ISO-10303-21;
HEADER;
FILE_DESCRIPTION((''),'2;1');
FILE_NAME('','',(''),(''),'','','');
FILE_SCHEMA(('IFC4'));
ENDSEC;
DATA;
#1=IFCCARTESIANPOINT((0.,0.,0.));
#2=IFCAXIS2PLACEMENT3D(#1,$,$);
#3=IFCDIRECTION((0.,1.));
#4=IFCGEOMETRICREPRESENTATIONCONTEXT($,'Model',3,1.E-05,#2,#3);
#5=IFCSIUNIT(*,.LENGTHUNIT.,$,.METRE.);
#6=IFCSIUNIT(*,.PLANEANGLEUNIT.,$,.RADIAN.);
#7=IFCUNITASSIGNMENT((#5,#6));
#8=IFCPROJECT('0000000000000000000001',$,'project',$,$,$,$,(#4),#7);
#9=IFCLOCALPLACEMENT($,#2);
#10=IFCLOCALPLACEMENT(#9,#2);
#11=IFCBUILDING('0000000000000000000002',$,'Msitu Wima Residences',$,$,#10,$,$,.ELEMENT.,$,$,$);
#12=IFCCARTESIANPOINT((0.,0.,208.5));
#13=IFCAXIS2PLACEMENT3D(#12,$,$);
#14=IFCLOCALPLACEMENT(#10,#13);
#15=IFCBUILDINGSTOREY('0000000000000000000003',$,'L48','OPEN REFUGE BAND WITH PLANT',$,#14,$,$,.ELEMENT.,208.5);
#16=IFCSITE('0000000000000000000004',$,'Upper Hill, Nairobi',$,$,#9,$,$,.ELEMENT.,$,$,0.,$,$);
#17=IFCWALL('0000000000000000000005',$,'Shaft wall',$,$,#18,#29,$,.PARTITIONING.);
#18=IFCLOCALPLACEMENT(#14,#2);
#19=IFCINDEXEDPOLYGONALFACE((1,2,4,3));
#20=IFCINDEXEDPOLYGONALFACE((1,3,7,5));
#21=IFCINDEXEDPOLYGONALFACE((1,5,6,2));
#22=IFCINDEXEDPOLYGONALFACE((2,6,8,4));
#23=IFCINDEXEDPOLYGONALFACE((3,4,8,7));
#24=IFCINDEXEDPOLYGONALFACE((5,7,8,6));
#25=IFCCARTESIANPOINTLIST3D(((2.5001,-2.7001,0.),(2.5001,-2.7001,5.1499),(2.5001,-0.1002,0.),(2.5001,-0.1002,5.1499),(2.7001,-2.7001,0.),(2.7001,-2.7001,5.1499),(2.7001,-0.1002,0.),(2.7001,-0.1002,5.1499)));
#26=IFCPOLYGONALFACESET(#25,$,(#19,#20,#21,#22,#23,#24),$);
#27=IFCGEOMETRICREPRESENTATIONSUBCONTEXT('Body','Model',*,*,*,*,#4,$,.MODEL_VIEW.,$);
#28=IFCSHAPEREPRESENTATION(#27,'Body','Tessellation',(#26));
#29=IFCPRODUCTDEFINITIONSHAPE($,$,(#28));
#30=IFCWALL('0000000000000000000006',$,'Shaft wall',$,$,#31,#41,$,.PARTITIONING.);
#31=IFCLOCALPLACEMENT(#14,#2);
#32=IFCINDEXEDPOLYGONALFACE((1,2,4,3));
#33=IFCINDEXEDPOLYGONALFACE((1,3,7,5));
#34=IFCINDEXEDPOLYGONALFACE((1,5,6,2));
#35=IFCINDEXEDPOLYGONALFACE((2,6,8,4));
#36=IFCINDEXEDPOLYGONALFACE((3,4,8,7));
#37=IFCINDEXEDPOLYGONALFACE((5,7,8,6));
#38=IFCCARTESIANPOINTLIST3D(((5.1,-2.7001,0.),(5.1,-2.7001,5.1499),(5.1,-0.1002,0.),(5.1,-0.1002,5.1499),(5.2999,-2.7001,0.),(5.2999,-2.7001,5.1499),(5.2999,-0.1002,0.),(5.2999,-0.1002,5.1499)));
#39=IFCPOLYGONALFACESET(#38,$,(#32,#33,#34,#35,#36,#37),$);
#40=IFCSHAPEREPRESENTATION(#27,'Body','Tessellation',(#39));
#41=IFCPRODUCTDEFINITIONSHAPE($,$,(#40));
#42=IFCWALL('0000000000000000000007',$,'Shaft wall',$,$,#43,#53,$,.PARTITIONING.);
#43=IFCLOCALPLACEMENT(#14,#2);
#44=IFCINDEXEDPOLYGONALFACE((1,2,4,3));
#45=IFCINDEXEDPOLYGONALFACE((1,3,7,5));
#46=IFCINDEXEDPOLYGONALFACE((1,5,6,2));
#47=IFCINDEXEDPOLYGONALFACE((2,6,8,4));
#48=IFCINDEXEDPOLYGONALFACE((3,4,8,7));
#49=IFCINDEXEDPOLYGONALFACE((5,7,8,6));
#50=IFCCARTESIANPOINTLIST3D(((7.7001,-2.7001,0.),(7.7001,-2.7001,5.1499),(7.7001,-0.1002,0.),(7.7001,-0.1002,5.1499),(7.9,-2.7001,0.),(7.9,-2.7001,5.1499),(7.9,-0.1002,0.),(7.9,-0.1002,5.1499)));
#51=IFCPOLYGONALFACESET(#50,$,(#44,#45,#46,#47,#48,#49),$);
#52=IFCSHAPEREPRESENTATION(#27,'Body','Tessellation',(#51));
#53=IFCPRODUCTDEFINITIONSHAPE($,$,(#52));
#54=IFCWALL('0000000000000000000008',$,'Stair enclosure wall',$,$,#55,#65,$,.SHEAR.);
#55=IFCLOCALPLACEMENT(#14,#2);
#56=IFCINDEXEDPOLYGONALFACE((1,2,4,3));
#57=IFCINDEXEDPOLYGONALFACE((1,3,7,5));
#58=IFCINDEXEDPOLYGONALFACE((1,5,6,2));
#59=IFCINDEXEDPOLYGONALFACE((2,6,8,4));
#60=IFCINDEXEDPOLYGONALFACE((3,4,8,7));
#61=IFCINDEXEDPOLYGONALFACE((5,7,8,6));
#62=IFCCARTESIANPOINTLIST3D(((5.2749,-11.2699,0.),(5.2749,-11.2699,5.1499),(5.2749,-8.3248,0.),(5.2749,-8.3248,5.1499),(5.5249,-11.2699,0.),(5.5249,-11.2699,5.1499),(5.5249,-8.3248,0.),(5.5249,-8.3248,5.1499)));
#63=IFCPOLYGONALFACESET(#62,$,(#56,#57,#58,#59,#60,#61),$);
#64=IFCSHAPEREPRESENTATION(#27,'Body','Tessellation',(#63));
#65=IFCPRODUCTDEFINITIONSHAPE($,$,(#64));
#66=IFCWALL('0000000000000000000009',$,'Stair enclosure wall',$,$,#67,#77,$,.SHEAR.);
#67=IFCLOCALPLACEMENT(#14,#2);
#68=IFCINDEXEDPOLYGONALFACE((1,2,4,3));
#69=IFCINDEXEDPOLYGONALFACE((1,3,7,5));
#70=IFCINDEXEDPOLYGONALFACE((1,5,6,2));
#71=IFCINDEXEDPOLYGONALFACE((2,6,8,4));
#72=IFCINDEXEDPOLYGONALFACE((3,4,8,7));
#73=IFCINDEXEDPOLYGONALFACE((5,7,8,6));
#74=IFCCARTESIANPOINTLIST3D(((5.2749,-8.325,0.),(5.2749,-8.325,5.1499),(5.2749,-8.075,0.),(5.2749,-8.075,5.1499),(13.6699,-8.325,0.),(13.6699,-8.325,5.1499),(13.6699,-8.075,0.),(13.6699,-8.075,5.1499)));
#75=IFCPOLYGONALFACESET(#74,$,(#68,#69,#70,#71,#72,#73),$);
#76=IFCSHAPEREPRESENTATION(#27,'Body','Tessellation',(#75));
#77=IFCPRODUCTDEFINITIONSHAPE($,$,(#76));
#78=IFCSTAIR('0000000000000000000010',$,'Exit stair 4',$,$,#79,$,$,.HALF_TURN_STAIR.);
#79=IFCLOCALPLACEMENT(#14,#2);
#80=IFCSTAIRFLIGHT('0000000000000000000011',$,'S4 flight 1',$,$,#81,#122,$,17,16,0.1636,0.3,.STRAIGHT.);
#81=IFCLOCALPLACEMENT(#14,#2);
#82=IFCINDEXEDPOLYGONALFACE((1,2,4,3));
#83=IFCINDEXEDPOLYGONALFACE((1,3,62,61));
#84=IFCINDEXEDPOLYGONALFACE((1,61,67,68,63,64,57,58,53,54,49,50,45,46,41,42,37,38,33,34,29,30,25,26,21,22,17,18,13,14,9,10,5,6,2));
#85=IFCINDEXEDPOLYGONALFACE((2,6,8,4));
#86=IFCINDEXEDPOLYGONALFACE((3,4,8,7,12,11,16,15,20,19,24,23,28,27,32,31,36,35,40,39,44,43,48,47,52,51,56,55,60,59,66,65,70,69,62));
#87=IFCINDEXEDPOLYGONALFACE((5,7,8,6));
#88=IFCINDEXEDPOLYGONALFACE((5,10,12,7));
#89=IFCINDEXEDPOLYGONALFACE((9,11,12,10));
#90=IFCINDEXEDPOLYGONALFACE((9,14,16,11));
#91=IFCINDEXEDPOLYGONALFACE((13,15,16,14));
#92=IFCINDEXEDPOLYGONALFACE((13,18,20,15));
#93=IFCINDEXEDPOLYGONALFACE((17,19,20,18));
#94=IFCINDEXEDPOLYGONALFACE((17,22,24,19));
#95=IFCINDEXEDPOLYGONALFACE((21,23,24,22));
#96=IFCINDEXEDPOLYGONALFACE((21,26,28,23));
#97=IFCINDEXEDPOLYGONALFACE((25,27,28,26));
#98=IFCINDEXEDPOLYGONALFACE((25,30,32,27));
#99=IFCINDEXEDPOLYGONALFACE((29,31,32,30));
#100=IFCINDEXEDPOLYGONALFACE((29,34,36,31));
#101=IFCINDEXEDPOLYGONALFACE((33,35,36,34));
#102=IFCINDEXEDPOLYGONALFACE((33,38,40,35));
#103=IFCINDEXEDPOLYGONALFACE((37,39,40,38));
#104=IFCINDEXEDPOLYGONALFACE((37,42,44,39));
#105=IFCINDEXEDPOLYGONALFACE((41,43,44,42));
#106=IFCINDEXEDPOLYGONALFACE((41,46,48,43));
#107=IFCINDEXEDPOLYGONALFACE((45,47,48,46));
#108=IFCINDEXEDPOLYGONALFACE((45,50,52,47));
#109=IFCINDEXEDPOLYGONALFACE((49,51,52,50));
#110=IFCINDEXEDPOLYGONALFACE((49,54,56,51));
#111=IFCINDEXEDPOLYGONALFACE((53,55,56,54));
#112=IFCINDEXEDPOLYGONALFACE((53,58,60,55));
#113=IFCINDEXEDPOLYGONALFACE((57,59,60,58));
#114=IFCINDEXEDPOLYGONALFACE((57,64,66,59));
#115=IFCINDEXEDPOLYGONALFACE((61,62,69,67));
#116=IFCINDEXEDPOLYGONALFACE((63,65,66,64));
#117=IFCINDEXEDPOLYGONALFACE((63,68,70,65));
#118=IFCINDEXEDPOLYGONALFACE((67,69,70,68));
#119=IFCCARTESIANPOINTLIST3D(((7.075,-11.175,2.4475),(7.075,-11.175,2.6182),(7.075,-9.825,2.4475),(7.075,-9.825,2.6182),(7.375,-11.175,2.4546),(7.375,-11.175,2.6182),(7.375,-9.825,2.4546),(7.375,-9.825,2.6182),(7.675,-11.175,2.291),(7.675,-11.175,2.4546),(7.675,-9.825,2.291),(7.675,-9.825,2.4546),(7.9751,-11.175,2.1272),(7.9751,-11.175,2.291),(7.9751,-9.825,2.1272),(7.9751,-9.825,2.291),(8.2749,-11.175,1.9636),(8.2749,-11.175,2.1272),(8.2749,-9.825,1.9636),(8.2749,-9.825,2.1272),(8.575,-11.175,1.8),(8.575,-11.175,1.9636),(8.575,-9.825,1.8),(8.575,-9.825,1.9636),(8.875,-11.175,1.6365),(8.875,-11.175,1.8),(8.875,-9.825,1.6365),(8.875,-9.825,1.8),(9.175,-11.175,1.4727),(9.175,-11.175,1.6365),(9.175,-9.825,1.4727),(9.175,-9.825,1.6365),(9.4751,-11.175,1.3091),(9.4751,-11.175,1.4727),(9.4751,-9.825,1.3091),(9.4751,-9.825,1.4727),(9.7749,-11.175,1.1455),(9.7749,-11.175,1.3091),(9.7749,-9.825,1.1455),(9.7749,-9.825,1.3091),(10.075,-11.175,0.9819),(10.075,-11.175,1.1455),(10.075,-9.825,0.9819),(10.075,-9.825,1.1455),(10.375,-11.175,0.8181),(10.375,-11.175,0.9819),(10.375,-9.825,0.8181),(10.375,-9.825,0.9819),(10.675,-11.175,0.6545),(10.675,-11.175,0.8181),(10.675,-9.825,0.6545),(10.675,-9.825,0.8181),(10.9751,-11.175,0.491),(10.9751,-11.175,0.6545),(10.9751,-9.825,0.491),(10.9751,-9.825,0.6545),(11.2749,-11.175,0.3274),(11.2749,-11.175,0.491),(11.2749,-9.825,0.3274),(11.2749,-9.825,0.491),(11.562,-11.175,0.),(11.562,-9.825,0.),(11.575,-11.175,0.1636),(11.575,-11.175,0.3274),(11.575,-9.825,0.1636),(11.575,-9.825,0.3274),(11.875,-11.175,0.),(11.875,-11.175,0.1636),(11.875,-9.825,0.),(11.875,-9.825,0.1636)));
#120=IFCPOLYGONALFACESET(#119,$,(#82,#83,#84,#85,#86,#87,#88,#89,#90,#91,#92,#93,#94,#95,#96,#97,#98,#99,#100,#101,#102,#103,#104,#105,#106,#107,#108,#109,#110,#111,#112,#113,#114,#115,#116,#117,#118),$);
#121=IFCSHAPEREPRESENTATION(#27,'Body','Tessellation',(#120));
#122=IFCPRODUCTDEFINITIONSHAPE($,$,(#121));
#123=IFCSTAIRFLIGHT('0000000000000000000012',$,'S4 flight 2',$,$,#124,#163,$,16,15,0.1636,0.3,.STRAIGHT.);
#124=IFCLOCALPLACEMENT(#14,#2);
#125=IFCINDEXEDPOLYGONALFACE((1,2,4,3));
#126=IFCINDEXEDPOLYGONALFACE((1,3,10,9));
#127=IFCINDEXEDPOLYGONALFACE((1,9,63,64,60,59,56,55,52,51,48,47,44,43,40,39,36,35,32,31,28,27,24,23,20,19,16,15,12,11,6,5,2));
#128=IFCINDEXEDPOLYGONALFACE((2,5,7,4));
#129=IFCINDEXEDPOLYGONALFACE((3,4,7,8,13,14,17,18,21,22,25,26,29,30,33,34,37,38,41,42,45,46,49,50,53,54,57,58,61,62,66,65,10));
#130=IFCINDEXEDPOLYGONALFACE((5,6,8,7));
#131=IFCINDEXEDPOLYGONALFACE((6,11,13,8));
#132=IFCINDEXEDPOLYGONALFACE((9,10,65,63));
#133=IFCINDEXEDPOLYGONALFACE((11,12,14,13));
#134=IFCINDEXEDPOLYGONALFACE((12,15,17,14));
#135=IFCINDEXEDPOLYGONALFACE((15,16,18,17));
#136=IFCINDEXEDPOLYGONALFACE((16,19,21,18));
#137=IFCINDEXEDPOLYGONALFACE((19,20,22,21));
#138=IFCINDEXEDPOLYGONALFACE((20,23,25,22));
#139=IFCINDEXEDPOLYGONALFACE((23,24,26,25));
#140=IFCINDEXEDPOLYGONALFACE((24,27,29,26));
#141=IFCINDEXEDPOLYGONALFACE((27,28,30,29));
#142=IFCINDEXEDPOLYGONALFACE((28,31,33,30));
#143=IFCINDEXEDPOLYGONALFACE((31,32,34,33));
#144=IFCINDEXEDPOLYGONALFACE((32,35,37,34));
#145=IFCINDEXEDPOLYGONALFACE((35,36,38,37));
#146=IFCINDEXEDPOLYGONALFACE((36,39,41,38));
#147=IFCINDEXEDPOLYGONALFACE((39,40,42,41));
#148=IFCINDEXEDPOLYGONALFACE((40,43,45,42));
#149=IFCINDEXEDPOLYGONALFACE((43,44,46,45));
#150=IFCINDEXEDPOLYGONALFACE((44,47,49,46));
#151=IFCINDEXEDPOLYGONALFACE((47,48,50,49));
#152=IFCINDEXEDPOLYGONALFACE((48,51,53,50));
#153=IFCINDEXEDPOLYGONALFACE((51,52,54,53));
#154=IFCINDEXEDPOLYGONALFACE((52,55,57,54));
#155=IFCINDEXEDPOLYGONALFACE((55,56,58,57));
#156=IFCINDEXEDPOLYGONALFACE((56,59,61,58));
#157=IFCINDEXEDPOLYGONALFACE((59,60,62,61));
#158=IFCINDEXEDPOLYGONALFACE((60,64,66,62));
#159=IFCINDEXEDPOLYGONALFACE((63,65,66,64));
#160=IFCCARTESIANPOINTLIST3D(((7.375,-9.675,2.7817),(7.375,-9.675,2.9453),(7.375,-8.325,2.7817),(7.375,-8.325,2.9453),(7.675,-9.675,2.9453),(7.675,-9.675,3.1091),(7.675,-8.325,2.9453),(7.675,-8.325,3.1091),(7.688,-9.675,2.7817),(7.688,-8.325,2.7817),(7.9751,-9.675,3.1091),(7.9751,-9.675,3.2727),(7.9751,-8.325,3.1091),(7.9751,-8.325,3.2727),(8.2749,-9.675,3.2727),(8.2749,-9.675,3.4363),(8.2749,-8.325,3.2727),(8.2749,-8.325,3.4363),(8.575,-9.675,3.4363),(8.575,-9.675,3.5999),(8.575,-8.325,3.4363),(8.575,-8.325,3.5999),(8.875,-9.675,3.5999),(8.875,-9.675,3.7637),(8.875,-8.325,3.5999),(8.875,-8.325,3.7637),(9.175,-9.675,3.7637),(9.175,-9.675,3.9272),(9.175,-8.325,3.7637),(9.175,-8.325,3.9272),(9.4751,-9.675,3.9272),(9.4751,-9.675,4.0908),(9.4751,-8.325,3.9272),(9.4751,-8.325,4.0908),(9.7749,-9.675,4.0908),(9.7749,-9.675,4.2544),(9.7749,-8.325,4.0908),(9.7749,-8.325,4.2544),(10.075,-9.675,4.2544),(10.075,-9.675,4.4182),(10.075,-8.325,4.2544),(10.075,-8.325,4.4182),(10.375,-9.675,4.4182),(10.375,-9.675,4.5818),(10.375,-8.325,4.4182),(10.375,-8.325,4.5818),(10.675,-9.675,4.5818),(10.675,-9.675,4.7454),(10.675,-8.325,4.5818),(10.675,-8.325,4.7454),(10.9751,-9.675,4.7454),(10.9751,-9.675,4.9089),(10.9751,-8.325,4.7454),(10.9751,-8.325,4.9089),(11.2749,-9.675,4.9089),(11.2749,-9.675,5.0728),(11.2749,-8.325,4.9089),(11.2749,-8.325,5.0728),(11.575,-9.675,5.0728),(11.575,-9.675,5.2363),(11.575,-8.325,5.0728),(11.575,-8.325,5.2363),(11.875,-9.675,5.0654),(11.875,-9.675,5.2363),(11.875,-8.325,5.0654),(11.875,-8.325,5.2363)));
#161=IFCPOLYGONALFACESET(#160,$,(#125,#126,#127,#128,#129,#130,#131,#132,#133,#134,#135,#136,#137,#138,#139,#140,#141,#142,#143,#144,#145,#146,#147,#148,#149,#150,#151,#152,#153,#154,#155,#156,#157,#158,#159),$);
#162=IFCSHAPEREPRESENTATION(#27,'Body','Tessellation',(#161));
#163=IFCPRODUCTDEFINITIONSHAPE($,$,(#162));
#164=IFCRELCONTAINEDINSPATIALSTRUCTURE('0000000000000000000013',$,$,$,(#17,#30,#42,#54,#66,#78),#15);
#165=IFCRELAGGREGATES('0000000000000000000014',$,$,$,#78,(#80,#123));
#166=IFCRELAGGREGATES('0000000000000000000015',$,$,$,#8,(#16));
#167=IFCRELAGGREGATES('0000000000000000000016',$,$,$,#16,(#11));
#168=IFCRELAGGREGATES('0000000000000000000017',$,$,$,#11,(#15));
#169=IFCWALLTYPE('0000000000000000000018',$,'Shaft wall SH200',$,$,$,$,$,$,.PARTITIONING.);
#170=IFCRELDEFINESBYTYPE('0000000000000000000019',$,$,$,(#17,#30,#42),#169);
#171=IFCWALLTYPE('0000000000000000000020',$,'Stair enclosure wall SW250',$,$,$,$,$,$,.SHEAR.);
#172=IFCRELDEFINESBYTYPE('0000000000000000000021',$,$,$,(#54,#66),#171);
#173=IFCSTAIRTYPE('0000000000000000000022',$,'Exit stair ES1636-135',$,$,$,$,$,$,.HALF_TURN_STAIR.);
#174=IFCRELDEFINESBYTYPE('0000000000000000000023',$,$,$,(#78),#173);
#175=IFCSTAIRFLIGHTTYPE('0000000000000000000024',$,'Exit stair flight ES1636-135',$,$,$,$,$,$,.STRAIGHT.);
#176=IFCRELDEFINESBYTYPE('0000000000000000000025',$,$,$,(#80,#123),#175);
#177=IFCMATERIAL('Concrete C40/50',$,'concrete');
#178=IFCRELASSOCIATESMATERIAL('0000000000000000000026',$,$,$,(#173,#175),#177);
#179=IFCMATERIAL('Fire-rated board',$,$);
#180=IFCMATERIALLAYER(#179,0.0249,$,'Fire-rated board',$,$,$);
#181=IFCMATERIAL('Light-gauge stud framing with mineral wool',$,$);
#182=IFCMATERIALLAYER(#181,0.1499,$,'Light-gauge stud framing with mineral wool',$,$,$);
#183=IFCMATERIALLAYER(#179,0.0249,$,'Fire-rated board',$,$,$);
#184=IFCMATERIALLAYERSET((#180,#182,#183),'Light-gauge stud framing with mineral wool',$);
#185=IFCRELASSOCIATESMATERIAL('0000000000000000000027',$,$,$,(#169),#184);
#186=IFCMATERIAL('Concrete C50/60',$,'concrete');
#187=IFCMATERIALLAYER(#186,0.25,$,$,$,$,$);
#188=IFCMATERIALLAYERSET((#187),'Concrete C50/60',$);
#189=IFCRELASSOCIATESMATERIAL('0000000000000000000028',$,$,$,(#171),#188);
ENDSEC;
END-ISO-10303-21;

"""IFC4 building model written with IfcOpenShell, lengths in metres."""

from ifc_helpers import new_model, si_unit, direction, frame, frame_2d, origin, place, context, subcontext, project, spatial, polyline, rectangle, outline, extrude, material, layer, layer_set, type_object, element, aggregate, save


model = new_model("IFC4")

# Units and contexts
model_context = context("Model", 3, precision=1e-05, world=origin(), true_north=direction((0.0, 1.0)))
body_context = subcontext(model_context, "Body", "Model", "MODEL_VIEW")
ifc_project = project(units=[si_unit("LENGTHUNIT", "METRE"), si_unit("PLANEANGLEUNIT", "RADIAN")], contexts=[model_context])

# Site, building, storey
site_placement = place(None, origin())
site = spatial("IfcSite", under=ifc_project, at=site_placement, Name="Upper Hill, Nairobi", CompositionType="ELEMENT", RefElevation=0.0)
building_placement = place(site_placement, origin())
building = spatial("IfcBuilding", under=site, at=building_placement, Name="Msitu Wima Residences", CompositionType="ELEMENT")
storey_placement = place(building_placement, frame((0.0, 0.0, 208.5)))
storey = spatial("IfcBuildingStorey", under=building, at=storey_placement, Name="L48", Description="OPEN REFUGE BAND WITH PLANT", CompositionType="ELEMENT", Elevation=208.5)

# Shared definitions
ifc_material_1 = material(Name="Concrete C50/60", Category="concrete")
ifc_material_2 = material(Name="Concrete C40/50", Category="concrete")

# Shared definitions
stair_type = type_object("IfcStairType", Name="Exit stair ES1636-135", PredefinedType="HALF_TURN_STAIR", material=ifc_material_2)

# Walls
ifc_material_3 = material(Name="Fire-rated board")
ifc_layer_1 = layer(ifc_material_3, 0.0249, Name="Fire-rated board")
ifc_material_4 = material(Name="Light-gauge stud framing with mineral wool")
ifc_layer_2 = layer(ifc_material_4, 0.1499, Name="Light-gauge stud framing with mineral wool")
ifc_layer_3 = layer(ifc_material_3, 0.0249, Name="Fire-rated board")
ifc_layer_set_1 = layer_set([ifc_layer_1, ifc_layer_2, ifc_layer_3], Name="Light-gauge stud framing with mineral wool")
wall_type_1 = type_object("IfcWallType", Name="Shaft wall SH200", PredefinedType="PARTITIONING", material=ifc_layer_set_1)
for number, where, z_axis, x_axis, name in (
    (1, (2.6001, -2.7, 0.0), (0.0, 0.0, 1.0), (0.0, 1.0, 0.0), "Shaft wall"),
    (2, (5.2, -2.7, 0.0), (0.0, 0.0, 1.0), (0.0, 1.0, 0.0), "Shaft wall"),
    (3, (7.8, -2.7, 0.0), (0.0, 0.0, 1.0), (0.0, 1.0, 0.0), "Shaft wall"),
):
    element("IfcWall", number, at=place(storey_placement, frame(where, z_axis=z_axis, x_axis=x_axis)), inside=storey, type_object=wall_type_1, Name=name, PredefinedType="PARTITIONING", context=body_context, shape_type="SweptSolid", body=[
        extrude(rectangle(XDim=2.5999, YDim=0.2, at=frame_2d((1.2998, 0.0))), origin(), (0.0, 0.0, 1.0), 5.1499),
    ])
ifc_layer_4 = layer(ifc_material_1, 0.25)
ifc_layer_set_2 = layer_set([ifc_layer_4], Name="Concrete C50/60")
wall_type_2 = type_object("IfcWallType", Name="Stair enclosure wall SW250", PredefinedType="SHEAR", material=ifc_layer_set_2)
wall_1_placement = place(storey_placement, frame((5.3999, -11.27, 0.0), z_axis=(0.0, 0.0, 1.0), x_axis=(0.0, 1.0, 0.0)))
element("IfcWall", 4, at=wall_1_placement, inside=storey, type_object=wall_type_2, Name="Stair enclosure wall", PredefinedType="SHEAR", context=body_context, shape_type="SweptSolid", body=[
    extrude(rectangle(XDim=2.9451, YDim=0.25, at=frame_2d((1.4727, 0.0))), origin(), (0.0, 0.0, 1.0), 5.1499),
])
wall_2_placement = place(storey_placement, frame((5.2749, -8.2, 0.0), z_axis=(0.0, 0.0, 1.0), x_axis=(1.0, 0.0, 0.0)))
element("IfcWall", 5, at=wall_2_placement, inside=storey, type_object=wall_type_2, Name="Stair enclosure wall", PredefinedType="SHEAR", context=body_context, shape_type="SweptSolid", body=[
    extrude(rectangle(XDim=8.395, YDim=0.25, at=frame_2d((4.1975, 0.0))), origin(), (0.0, 0.0, 1.0), 5.1499),
])

# Stair, stair flights
stair_1_placement = place(storey_placement, origin())
stair_1 = element("IfcStair", 6, at=stair_1_placement, inside=storey, type_object=stair_type, Name="Exit stair 4", PredefinedType="HALF_TURN_STAIR")
stair_flight_type = type_object("IfcStairFlightType", Name="Exit stair flight ES1636-135", PredefinedType="STRAIGHT", material=ifc_material_2)
stair_flight_1_placement = place(storey_placement, frame((11.875, -10.5, 0.0), z_axis=(0.0, 0.0, 1.0), x_axis=(-1.0, 0.0, 0.0)))
stair_flight_1 = element("IfcStairFlight", 7, at=stair_flight_1_placement, type_object=stair_flight_type, Name="S4 flight 1", NumberOfRisers=17, NumberOfTreads=16, PredefinedType="STRAIGHT", RiserHeight=0.1636, TreadLength=0.3, context=body_context, shape_type="SweptSolid", body=[
    extrude(outline(polyline([(0.0, 0.0), (0.0, 0.1636), (0.3, 0.1636), (0.3, 0.3274), (0.6001, 0.3274), (0.6001, 0.491), (0.8999, 0.491), (0.8999, 0.6545), (1.2, 0.6545), (1.2, 0.8181), (1.5, 0.8181), (1.5, 0.9819), (1.8, 0.9819), (1.8, 1.1455), (2.1001, 1.1455), (2.1001, 1.3091), (2.3999, 1.3091), (2.3999, 1.4727), (2.7, 1.4727), (2.7, 1.6365), (3.0, 1.6365), (3.0, 1.8), (3.3, 1.8), (3.3, 1.9636), (3.6001, 1.9636), (3.6001, 2.1272), (3.8999, 2.1272), (3.8999, 2.291), (4.2, 2.291), (4.2, 2.4546), (4.5, 2.4546), (4.5, 2.6182), (4.8, 2.6182), (4.8, 2.7817), (4.8, 2.4475), (0.313, 0.0), (0.0, 0.0)])), frame((0.0, 0.675, 0.0), z_axis=(0.0, -1.0, 0.0), x_axis=(1.0, 0.0, 0.0)), (0.0, 0.0, 1.0), 1.3501),
])
stair_flight_2_placement = place(storey_placement, frame((7.375, -9.0, 2.7817), z_axis=(0.0, 0.0, 1.0), x_axis=(1.0, 0.0, 0.0)))
stair_flight_2 = element("IfcStairFlight", 8, at=stair_flight_2_placement, type_object=stair_flight_type, Name="S4 flight 2", NumberOfRisers=16, NumberOfTreads=15, PredefinedType="STRAIGHT", RiserHeight=0.1636, TreadLength=0.3, context=body_context, shape_type="SweptSolid", body=[
    extrude(outline(polyline([(0.0, 0.0), (0.0, 0.1636), (0.3, 0.1636), (0.3, 0.3274), (0.6001, 0.3274), (0.6001, 0.491), (0.8999, 0.491), (0.8999, 0.6545), (1.2, 0.6545), (1.2, 0.8181), (1.5, 0.8181), (1.5, 0.9819), (1.8, 0.9819), (1.8, 1.1455), (2.1001, 1.1455), (2.1001, 1.3091), (2.3999, 1.3091), (2.3999, 1.4727), (2.7, 1.4727), (2.7, 1.6365), (3.0, 1.6365), (3.0, 1.8), (3.3, 1.8), (3.3, 1.9636), (3.6001, 1.9636), (3.6001, 2.1272), (3.8999, 2.1272), (3.8999, 2.291), (4.2, 2.291), (4.2, 2.4546), (4.5, 2.4546), (4.5, 2.6182), (4.5, 2.2837), (0.313, 0.0), (0.0, 0.0)])), frame((0.0, 0.675, 0.0), z_axis=(0.0, -1.0, 0.0), x_axis=(1.0, 0.0, 0.0)), (0.0, 0.0, 1.0), 1.3501),
])
aggregate(stair_1, [stair_flight_1, stair_flight_2])

save(model, "model.ifc")
